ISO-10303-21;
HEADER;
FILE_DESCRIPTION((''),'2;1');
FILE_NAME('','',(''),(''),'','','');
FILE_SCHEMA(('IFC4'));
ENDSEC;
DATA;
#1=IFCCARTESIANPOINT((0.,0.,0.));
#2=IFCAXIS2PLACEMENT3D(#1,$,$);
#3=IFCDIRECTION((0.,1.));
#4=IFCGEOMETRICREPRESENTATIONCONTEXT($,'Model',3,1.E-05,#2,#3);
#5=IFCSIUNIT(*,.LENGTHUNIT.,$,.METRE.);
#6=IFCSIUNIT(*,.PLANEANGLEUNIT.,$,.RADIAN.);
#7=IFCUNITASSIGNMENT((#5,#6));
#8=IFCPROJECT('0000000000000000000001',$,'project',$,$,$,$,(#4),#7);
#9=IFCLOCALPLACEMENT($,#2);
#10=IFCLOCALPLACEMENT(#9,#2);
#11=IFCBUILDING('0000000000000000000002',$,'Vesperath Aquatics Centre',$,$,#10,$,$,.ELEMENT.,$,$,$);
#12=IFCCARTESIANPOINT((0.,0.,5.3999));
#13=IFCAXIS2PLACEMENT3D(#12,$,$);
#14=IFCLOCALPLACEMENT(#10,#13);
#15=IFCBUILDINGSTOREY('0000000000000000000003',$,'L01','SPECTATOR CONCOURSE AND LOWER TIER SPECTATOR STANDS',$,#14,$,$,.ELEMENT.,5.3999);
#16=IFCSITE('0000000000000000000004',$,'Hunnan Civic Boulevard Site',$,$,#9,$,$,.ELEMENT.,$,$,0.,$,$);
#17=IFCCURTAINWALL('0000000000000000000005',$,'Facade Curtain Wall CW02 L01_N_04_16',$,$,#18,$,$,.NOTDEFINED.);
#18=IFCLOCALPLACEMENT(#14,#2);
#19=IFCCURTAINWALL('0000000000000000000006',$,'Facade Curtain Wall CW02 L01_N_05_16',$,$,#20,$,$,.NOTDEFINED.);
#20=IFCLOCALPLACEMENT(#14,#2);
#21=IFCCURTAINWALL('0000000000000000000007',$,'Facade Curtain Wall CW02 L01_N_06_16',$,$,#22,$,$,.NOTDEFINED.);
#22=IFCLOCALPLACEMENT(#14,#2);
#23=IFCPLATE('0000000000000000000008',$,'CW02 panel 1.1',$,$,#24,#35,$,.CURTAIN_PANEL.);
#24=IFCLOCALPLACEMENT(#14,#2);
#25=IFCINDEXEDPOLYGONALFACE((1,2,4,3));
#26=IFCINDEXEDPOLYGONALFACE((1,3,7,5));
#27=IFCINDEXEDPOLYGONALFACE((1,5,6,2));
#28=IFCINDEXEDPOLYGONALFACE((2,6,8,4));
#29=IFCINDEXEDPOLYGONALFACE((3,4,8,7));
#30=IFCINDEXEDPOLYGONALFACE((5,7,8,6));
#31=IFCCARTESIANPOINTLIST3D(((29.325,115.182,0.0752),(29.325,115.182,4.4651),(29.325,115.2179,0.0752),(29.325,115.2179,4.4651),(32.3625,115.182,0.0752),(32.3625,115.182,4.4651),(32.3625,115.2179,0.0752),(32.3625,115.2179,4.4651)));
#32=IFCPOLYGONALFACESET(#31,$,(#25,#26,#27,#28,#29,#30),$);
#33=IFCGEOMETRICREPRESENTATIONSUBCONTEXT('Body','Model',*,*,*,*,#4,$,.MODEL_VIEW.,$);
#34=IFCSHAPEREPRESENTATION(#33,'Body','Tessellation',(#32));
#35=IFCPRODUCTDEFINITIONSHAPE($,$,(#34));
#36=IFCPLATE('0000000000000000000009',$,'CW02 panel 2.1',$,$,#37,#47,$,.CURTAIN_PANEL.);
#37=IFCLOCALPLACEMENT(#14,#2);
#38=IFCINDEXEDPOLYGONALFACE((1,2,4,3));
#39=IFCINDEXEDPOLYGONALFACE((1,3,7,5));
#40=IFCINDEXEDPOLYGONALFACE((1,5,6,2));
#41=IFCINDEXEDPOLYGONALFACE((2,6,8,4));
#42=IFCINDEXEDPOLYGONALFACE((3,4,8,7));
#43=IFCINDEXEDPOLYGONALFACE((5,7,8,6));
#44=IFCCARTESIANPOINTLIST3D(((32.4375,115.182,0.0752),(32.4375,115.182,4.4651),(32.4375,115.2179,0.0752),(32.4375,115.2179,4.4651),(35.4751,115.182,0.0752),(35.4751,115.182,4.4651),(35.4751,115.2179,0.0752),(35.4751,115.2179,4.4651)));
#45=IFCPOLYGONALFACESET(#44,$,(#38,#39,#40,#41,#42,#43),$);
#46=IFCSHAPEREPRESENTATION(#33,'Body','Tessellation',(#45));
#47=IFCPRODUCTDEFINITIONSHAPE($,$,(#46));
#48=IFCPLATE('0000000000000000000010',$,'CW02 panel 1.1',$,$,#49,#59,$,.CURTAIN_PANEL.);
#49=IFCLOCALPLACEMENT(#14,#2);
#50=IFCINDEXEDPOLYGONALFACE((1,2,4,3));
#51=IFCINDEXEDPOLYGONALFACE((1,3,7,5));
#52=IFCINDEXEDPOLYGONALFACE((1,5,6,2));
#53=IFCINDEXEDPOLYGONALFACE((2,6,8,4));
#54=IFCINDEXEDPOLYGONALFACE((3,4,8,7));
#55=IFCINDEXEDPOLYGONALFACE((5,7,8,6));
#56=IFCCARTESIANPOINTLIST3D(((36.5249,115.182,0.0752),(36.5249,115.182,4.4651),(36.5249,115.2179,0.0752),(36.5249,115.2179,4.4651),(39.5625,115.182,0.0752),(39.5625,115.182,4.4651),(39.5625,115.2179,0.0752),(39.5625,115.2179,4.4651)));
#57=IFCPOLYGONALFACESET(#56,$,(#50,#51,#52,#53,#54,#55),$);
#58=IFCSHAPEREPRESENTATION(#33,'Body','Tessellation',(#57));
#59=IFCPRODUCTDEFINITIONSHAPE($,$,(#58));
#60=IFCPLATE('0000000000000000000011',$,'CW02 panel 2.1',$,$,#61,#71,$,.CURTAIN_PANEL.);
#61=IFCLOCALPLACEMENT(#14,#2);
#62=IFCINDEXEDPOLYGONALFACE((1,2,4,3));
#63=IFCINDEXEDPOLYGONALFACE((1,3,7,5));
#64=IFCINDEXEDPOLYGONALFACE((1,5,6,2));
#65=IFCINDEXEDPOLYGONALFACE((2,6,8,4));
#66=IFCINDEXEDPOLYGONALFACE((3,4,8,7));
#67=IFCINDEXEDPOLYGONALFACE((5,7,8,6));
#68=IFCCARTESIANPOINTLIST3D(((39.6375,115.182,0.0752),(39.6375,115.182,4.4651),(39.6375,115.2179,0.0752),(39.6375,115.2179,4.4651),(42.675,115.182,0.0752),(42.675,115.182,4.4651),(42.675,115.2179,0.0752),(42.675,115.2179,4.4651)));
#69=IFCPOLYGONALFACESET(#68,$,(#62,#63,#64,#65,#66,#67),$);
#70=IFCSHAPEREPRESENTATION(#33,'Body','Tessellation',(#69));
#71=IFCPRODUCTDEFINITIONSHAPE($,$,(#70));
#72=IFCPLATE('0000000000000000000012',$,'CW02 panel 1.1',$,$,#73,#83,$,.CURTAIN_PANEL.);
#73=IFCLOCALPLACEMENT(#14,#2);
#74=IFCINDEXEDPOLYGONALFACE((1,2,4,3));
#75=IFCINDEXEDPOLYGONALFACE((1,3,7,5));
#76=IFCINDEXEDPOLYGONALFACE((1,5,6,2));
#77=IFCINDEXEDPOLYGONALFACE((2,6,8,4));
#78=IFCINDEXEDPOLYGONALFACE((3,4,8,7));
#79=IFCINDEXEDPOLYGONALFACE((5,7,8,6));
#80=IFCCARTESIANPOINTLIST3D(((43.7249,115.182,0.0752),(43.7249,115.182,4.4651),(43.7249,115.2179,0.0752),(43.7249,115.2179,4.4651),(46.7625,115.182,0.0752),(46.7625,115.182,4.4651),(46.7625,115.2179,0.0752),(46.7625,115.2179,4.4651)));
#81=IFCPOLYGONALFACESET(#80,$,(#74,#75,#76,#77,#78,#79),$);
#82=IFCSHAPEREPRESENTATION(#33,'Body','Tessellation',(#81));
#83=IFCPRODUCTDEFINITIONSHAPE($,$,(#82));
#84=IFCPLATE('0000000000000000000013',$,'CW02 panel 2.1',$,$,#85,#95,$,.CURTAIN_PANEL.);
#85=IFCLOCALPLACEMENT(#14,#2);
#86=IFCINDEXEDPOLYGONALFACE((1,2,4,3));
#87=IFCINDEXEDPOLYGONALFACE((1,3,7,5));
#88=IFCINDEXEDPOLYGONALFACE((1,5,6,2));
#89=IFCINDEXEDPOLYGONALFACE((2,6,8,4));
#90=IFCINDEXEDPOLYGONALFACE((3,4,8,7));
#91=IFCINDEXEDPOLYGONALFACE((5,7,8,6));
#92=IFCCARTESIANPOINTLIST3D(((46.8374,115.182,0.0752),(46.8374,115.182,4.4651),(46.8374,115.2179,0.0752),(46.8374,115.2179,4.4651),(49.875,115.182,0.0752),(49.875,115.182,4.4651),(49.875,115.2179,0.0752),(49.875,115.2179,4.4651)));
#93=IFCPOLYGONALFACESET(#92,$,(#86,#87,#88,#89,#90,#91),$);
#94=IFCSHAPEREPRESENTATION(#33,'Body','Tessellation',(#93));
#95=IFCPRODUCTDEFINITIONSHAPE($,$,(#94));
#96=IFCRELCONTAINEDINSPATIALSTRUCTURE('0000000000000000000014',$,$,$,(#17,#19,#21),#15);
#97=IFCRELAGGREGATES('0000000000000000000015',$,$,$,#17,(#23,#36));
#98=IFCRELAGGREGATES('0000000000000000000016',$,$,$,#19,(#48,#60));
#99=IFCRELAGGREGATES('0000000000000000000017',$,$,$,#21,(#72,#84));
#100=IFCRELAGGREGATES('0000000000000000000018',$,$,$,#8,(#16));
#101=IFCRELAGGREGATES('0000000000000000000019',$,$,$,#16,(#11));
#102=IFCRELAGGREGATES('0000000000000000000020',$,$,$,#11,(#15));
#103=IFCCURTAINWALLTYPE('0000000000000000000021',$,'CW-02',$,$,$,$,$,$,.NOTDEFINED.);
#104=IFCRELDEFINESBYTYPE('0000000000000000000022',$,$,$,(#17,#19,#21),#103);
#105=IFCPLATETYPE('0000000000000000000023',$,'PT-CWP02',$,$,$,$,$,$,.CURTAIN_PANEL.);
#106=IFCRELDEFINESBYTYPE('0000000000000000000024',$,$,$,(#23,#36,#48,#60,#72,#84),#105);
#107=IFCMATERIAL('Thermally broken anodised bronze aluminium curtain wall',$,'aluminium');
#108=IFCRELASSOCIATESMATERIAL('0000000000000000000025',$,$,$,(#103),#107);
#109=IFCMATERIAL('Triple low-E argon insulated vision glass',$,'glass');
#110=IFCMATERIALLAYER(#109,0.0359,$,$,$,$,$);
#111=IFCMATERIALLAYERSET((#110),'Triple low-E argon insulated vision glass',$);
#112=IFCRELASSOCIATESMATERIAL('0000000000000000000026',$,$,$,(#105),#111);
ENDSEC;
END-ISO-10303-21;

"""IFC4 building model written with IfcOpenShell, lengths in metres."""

from ifc_helpers import new_model, si_unit, direction, frame, origin, origin_2d, place, context, subcontext, project, spatial, rectangle, extrude, material, layer, layer_set, type_object, element, aggregate, save


model = new_model("IFC4")

# Units and contexts
model_context = context("Model", 3, precision=1e-05, world=origin(), true_north=direction((0.0, 1.0)))
body_context = subcontext(model_context, "Body", "Model", "MODEL_VIEW")
ifc_project = project(units=[si_unit("LENGTHUNIT", "METRE"), si_unit("PLANEANGLEUNIT", "RADIAN")], contexts=[model_context])

# Site, building, storey
site_placement = place(None, origin())
site = spatial("IfcSite", under=ifc_project, at=site_placement, Name="Hunnan Civic Boulevard Site", CompositionType="ELEMENT", RefElevation=0.0)
building_placement = place(site_placement, origin())
building = spatial("IfcBuilding", under=site, at=building_placement, Name="Vesperath Aquatics Centre", CompositionType="ELEMENT")
storey_placement = place(building_placement, frame((0.0, 0.0, 5.3999)))
storey = spatial("IfcBuildingStorey", under=building, at=storey_placement, Name="L01", Description="SPECTATOR CONCOURSE AND LOWER TIER SPECTATOR STANDS", CompositionType="ELEMENT", Elevation=5.3999)

# Curtain walls
ifc_material_1 = material(Name="Thermally broken anodised bronze aluminium curtain wall", Category="aluminium")
curtain_wall_type = type_object("IfcCurtainWallType", Name="CW-02", PredefinedType="NOTDEFINED", material=ifc_material_1)
curtain_wall_1_placement = place(storey_placement, origin())
curtain_wall_1 = element("IfcCurtainWall", 1, at=curtain_wall_1_placement, inside=storey, type_object=curtain_wall_type, Name="Facade Curtain Wall CW02 L01_N_04_16", PredefinedType="NOTDEFINED")
curtain_wall_2_placement = place(storey_placement, origin())
curtain_wall_2 = element("IfcCurtainWall", 2, at=curtain_wall_2_placement, inside=storey, type_object=curtain_wall_type, Name="Facade Curtain Wall CW02 L01_N_05_16", PredefinedType="NOTDEFINED")
curtain_wall_3_placement = place(storey_placement, origin())
curtain_wall_3 = element("IfcCurtainWall", 3, at=curtain_wall_3_placement, inside=storey, type_object=curtain_wall_type, Name="Facade Curtain Wall CW02 L01_N_06_16", PredefinedType="NOTDEFINED")

# Plates
ifc_material_2 = material(Name="Triple low-E argon insulated vision glass", Category="glass")
ifc_layer = layer(ifc_material_2, 0.0359)
ifc_layer_set = layer_set([ifc_layer], Name="Triple low-E argon insulated vision glass")
plate_type = type_object("IfcPlateType", Name="PT-CWP02", PredefinedType="CURTAIN_PANEL", material=ifc_layer_set)
plate_1_placement = place(storey_placement, frame((30.8438, 115.2, 0.0752), z_axis=(0.0, 0.0, 1.0), x_axis=(1.0, 0.0, 0.0)))
plate_1 = element("IfcPlate", 4, at=plate_1_placement, type_object=plate_type, Name="CW02 panel 1.1", PredefinedType="CURTAIN_PANEL", context=body_context, shape_type="SweptSolid", body=[
    extrude(rectangle(XDim=3.0376, YDim=0.0359, at=origin_2d()), origin(), (0.0, 0.0, 1.0), 4.3899),
])
plate_2_placement = place(storey_placement, frame((33.9563, 115.2, 0.0752), z_axis=(0.0, 0.0, 1.0), x_axis=(1.0, 0.0, 0.0)))
plate_2 = element("IfcPlate", 5, at=plate_2_placement, type_object=plate_type, Name="CW02 panel 2.1", PredefinedType="CURTAIN_PANEL", context=body_context, shape_type="SweptSolid", body=[
    extrude(rectangle(XDim=3.0376, YDim=0.0359, at=origin_2d()), origin(), (0.0, 0.0, 1.0), 4.3899),
])
aggregate(curtain_wall_1, [plate_1, plate_2])
plate_3_placement = place(storey_placement, frame((38.0437, 115.2, 0.0752), z_axis=(0.0, 0.0, 1.0), x_axis=(1.0, 0.0, 0.0)))
plate_3 = element("IfcPlate", 6, at=plate_3_placement, type_object=plate_type, Name="CW02 panel 1.1", PredefinedType="CURTAIN_PANEL", context=body_context, shape_type="SweptSolid", body=[
    extrude(rectangle(XDim=3.0376, YDim=0.0359, at=origin_2d()), origin(), (0.0, 0.0, 1.0), 4.3899),
])
plate_4_placement = place(storey_placement, frame((41.1562, 115.2, 0.0752), z_axis=(0.0, 0.0, 1.0), x_axis=(1.0, 0.0, 0.0)))
plate_4 = element("IfcPlate", 7, at=plate_4_placement, type_object=plate_type, Name="CW02 panel 2.1", PredefinedType="CURTAIN_PANEL", context=body_context, shape_type="SweptSolid", body=[
    extrude(rectangle(XDim=3.0376, YDim=0.0359, at=origin_2d()), origin(), (0.0, 0.0, 1.0), 4.3899),
])
aggregate(curtain_wall_2, [plate_3, plate_4])
plate_5_placement = place(storey_placement, frame((45.2437, 115.2, 0.0752), z_axis=(0.0, 0.0, 1.0), x_axis=(1.0, 0.0, 0.0)))
plate_5 = element("IfcPlate", 8, at=plate_5_placement, type_object=plate_type, Name="CW02 panel 1.1", PredefinedType="CURTAIN_PANEL", context=body_context, shape_type="SweptSolid", body=[
    extrude(rectangle(XDim=3.0376, YDim=0.0359, at=origin_2d()), origin(), (0.0, 0.0, 1.0), 4.3899),
])
plate_6_placement = place(storey_placement, frame((48.3562, 115.2, 0.0752), z_axis=(0.0, 0.0, 1.0), x_axis=(1.0, 0.0, 0.0)))
plate_6 = element("IfcPlate", 9, at=plate_6_placement, type_object=plate_type, Name="CW02 panel 2.1", PredefinedType="CURTAIN_PANEL", context=body_context, shape_type="SweptSolid", body=[
    extrude(rectangle(XDim=3.0376, YDim=0.0359, at=origin_2d()), origin(), (0.0, 0.0, 1.0), 4.3899),
])
aggregate(curtain_wall_3, [plate_5, plate_6])

save(model, "model.ifc")
